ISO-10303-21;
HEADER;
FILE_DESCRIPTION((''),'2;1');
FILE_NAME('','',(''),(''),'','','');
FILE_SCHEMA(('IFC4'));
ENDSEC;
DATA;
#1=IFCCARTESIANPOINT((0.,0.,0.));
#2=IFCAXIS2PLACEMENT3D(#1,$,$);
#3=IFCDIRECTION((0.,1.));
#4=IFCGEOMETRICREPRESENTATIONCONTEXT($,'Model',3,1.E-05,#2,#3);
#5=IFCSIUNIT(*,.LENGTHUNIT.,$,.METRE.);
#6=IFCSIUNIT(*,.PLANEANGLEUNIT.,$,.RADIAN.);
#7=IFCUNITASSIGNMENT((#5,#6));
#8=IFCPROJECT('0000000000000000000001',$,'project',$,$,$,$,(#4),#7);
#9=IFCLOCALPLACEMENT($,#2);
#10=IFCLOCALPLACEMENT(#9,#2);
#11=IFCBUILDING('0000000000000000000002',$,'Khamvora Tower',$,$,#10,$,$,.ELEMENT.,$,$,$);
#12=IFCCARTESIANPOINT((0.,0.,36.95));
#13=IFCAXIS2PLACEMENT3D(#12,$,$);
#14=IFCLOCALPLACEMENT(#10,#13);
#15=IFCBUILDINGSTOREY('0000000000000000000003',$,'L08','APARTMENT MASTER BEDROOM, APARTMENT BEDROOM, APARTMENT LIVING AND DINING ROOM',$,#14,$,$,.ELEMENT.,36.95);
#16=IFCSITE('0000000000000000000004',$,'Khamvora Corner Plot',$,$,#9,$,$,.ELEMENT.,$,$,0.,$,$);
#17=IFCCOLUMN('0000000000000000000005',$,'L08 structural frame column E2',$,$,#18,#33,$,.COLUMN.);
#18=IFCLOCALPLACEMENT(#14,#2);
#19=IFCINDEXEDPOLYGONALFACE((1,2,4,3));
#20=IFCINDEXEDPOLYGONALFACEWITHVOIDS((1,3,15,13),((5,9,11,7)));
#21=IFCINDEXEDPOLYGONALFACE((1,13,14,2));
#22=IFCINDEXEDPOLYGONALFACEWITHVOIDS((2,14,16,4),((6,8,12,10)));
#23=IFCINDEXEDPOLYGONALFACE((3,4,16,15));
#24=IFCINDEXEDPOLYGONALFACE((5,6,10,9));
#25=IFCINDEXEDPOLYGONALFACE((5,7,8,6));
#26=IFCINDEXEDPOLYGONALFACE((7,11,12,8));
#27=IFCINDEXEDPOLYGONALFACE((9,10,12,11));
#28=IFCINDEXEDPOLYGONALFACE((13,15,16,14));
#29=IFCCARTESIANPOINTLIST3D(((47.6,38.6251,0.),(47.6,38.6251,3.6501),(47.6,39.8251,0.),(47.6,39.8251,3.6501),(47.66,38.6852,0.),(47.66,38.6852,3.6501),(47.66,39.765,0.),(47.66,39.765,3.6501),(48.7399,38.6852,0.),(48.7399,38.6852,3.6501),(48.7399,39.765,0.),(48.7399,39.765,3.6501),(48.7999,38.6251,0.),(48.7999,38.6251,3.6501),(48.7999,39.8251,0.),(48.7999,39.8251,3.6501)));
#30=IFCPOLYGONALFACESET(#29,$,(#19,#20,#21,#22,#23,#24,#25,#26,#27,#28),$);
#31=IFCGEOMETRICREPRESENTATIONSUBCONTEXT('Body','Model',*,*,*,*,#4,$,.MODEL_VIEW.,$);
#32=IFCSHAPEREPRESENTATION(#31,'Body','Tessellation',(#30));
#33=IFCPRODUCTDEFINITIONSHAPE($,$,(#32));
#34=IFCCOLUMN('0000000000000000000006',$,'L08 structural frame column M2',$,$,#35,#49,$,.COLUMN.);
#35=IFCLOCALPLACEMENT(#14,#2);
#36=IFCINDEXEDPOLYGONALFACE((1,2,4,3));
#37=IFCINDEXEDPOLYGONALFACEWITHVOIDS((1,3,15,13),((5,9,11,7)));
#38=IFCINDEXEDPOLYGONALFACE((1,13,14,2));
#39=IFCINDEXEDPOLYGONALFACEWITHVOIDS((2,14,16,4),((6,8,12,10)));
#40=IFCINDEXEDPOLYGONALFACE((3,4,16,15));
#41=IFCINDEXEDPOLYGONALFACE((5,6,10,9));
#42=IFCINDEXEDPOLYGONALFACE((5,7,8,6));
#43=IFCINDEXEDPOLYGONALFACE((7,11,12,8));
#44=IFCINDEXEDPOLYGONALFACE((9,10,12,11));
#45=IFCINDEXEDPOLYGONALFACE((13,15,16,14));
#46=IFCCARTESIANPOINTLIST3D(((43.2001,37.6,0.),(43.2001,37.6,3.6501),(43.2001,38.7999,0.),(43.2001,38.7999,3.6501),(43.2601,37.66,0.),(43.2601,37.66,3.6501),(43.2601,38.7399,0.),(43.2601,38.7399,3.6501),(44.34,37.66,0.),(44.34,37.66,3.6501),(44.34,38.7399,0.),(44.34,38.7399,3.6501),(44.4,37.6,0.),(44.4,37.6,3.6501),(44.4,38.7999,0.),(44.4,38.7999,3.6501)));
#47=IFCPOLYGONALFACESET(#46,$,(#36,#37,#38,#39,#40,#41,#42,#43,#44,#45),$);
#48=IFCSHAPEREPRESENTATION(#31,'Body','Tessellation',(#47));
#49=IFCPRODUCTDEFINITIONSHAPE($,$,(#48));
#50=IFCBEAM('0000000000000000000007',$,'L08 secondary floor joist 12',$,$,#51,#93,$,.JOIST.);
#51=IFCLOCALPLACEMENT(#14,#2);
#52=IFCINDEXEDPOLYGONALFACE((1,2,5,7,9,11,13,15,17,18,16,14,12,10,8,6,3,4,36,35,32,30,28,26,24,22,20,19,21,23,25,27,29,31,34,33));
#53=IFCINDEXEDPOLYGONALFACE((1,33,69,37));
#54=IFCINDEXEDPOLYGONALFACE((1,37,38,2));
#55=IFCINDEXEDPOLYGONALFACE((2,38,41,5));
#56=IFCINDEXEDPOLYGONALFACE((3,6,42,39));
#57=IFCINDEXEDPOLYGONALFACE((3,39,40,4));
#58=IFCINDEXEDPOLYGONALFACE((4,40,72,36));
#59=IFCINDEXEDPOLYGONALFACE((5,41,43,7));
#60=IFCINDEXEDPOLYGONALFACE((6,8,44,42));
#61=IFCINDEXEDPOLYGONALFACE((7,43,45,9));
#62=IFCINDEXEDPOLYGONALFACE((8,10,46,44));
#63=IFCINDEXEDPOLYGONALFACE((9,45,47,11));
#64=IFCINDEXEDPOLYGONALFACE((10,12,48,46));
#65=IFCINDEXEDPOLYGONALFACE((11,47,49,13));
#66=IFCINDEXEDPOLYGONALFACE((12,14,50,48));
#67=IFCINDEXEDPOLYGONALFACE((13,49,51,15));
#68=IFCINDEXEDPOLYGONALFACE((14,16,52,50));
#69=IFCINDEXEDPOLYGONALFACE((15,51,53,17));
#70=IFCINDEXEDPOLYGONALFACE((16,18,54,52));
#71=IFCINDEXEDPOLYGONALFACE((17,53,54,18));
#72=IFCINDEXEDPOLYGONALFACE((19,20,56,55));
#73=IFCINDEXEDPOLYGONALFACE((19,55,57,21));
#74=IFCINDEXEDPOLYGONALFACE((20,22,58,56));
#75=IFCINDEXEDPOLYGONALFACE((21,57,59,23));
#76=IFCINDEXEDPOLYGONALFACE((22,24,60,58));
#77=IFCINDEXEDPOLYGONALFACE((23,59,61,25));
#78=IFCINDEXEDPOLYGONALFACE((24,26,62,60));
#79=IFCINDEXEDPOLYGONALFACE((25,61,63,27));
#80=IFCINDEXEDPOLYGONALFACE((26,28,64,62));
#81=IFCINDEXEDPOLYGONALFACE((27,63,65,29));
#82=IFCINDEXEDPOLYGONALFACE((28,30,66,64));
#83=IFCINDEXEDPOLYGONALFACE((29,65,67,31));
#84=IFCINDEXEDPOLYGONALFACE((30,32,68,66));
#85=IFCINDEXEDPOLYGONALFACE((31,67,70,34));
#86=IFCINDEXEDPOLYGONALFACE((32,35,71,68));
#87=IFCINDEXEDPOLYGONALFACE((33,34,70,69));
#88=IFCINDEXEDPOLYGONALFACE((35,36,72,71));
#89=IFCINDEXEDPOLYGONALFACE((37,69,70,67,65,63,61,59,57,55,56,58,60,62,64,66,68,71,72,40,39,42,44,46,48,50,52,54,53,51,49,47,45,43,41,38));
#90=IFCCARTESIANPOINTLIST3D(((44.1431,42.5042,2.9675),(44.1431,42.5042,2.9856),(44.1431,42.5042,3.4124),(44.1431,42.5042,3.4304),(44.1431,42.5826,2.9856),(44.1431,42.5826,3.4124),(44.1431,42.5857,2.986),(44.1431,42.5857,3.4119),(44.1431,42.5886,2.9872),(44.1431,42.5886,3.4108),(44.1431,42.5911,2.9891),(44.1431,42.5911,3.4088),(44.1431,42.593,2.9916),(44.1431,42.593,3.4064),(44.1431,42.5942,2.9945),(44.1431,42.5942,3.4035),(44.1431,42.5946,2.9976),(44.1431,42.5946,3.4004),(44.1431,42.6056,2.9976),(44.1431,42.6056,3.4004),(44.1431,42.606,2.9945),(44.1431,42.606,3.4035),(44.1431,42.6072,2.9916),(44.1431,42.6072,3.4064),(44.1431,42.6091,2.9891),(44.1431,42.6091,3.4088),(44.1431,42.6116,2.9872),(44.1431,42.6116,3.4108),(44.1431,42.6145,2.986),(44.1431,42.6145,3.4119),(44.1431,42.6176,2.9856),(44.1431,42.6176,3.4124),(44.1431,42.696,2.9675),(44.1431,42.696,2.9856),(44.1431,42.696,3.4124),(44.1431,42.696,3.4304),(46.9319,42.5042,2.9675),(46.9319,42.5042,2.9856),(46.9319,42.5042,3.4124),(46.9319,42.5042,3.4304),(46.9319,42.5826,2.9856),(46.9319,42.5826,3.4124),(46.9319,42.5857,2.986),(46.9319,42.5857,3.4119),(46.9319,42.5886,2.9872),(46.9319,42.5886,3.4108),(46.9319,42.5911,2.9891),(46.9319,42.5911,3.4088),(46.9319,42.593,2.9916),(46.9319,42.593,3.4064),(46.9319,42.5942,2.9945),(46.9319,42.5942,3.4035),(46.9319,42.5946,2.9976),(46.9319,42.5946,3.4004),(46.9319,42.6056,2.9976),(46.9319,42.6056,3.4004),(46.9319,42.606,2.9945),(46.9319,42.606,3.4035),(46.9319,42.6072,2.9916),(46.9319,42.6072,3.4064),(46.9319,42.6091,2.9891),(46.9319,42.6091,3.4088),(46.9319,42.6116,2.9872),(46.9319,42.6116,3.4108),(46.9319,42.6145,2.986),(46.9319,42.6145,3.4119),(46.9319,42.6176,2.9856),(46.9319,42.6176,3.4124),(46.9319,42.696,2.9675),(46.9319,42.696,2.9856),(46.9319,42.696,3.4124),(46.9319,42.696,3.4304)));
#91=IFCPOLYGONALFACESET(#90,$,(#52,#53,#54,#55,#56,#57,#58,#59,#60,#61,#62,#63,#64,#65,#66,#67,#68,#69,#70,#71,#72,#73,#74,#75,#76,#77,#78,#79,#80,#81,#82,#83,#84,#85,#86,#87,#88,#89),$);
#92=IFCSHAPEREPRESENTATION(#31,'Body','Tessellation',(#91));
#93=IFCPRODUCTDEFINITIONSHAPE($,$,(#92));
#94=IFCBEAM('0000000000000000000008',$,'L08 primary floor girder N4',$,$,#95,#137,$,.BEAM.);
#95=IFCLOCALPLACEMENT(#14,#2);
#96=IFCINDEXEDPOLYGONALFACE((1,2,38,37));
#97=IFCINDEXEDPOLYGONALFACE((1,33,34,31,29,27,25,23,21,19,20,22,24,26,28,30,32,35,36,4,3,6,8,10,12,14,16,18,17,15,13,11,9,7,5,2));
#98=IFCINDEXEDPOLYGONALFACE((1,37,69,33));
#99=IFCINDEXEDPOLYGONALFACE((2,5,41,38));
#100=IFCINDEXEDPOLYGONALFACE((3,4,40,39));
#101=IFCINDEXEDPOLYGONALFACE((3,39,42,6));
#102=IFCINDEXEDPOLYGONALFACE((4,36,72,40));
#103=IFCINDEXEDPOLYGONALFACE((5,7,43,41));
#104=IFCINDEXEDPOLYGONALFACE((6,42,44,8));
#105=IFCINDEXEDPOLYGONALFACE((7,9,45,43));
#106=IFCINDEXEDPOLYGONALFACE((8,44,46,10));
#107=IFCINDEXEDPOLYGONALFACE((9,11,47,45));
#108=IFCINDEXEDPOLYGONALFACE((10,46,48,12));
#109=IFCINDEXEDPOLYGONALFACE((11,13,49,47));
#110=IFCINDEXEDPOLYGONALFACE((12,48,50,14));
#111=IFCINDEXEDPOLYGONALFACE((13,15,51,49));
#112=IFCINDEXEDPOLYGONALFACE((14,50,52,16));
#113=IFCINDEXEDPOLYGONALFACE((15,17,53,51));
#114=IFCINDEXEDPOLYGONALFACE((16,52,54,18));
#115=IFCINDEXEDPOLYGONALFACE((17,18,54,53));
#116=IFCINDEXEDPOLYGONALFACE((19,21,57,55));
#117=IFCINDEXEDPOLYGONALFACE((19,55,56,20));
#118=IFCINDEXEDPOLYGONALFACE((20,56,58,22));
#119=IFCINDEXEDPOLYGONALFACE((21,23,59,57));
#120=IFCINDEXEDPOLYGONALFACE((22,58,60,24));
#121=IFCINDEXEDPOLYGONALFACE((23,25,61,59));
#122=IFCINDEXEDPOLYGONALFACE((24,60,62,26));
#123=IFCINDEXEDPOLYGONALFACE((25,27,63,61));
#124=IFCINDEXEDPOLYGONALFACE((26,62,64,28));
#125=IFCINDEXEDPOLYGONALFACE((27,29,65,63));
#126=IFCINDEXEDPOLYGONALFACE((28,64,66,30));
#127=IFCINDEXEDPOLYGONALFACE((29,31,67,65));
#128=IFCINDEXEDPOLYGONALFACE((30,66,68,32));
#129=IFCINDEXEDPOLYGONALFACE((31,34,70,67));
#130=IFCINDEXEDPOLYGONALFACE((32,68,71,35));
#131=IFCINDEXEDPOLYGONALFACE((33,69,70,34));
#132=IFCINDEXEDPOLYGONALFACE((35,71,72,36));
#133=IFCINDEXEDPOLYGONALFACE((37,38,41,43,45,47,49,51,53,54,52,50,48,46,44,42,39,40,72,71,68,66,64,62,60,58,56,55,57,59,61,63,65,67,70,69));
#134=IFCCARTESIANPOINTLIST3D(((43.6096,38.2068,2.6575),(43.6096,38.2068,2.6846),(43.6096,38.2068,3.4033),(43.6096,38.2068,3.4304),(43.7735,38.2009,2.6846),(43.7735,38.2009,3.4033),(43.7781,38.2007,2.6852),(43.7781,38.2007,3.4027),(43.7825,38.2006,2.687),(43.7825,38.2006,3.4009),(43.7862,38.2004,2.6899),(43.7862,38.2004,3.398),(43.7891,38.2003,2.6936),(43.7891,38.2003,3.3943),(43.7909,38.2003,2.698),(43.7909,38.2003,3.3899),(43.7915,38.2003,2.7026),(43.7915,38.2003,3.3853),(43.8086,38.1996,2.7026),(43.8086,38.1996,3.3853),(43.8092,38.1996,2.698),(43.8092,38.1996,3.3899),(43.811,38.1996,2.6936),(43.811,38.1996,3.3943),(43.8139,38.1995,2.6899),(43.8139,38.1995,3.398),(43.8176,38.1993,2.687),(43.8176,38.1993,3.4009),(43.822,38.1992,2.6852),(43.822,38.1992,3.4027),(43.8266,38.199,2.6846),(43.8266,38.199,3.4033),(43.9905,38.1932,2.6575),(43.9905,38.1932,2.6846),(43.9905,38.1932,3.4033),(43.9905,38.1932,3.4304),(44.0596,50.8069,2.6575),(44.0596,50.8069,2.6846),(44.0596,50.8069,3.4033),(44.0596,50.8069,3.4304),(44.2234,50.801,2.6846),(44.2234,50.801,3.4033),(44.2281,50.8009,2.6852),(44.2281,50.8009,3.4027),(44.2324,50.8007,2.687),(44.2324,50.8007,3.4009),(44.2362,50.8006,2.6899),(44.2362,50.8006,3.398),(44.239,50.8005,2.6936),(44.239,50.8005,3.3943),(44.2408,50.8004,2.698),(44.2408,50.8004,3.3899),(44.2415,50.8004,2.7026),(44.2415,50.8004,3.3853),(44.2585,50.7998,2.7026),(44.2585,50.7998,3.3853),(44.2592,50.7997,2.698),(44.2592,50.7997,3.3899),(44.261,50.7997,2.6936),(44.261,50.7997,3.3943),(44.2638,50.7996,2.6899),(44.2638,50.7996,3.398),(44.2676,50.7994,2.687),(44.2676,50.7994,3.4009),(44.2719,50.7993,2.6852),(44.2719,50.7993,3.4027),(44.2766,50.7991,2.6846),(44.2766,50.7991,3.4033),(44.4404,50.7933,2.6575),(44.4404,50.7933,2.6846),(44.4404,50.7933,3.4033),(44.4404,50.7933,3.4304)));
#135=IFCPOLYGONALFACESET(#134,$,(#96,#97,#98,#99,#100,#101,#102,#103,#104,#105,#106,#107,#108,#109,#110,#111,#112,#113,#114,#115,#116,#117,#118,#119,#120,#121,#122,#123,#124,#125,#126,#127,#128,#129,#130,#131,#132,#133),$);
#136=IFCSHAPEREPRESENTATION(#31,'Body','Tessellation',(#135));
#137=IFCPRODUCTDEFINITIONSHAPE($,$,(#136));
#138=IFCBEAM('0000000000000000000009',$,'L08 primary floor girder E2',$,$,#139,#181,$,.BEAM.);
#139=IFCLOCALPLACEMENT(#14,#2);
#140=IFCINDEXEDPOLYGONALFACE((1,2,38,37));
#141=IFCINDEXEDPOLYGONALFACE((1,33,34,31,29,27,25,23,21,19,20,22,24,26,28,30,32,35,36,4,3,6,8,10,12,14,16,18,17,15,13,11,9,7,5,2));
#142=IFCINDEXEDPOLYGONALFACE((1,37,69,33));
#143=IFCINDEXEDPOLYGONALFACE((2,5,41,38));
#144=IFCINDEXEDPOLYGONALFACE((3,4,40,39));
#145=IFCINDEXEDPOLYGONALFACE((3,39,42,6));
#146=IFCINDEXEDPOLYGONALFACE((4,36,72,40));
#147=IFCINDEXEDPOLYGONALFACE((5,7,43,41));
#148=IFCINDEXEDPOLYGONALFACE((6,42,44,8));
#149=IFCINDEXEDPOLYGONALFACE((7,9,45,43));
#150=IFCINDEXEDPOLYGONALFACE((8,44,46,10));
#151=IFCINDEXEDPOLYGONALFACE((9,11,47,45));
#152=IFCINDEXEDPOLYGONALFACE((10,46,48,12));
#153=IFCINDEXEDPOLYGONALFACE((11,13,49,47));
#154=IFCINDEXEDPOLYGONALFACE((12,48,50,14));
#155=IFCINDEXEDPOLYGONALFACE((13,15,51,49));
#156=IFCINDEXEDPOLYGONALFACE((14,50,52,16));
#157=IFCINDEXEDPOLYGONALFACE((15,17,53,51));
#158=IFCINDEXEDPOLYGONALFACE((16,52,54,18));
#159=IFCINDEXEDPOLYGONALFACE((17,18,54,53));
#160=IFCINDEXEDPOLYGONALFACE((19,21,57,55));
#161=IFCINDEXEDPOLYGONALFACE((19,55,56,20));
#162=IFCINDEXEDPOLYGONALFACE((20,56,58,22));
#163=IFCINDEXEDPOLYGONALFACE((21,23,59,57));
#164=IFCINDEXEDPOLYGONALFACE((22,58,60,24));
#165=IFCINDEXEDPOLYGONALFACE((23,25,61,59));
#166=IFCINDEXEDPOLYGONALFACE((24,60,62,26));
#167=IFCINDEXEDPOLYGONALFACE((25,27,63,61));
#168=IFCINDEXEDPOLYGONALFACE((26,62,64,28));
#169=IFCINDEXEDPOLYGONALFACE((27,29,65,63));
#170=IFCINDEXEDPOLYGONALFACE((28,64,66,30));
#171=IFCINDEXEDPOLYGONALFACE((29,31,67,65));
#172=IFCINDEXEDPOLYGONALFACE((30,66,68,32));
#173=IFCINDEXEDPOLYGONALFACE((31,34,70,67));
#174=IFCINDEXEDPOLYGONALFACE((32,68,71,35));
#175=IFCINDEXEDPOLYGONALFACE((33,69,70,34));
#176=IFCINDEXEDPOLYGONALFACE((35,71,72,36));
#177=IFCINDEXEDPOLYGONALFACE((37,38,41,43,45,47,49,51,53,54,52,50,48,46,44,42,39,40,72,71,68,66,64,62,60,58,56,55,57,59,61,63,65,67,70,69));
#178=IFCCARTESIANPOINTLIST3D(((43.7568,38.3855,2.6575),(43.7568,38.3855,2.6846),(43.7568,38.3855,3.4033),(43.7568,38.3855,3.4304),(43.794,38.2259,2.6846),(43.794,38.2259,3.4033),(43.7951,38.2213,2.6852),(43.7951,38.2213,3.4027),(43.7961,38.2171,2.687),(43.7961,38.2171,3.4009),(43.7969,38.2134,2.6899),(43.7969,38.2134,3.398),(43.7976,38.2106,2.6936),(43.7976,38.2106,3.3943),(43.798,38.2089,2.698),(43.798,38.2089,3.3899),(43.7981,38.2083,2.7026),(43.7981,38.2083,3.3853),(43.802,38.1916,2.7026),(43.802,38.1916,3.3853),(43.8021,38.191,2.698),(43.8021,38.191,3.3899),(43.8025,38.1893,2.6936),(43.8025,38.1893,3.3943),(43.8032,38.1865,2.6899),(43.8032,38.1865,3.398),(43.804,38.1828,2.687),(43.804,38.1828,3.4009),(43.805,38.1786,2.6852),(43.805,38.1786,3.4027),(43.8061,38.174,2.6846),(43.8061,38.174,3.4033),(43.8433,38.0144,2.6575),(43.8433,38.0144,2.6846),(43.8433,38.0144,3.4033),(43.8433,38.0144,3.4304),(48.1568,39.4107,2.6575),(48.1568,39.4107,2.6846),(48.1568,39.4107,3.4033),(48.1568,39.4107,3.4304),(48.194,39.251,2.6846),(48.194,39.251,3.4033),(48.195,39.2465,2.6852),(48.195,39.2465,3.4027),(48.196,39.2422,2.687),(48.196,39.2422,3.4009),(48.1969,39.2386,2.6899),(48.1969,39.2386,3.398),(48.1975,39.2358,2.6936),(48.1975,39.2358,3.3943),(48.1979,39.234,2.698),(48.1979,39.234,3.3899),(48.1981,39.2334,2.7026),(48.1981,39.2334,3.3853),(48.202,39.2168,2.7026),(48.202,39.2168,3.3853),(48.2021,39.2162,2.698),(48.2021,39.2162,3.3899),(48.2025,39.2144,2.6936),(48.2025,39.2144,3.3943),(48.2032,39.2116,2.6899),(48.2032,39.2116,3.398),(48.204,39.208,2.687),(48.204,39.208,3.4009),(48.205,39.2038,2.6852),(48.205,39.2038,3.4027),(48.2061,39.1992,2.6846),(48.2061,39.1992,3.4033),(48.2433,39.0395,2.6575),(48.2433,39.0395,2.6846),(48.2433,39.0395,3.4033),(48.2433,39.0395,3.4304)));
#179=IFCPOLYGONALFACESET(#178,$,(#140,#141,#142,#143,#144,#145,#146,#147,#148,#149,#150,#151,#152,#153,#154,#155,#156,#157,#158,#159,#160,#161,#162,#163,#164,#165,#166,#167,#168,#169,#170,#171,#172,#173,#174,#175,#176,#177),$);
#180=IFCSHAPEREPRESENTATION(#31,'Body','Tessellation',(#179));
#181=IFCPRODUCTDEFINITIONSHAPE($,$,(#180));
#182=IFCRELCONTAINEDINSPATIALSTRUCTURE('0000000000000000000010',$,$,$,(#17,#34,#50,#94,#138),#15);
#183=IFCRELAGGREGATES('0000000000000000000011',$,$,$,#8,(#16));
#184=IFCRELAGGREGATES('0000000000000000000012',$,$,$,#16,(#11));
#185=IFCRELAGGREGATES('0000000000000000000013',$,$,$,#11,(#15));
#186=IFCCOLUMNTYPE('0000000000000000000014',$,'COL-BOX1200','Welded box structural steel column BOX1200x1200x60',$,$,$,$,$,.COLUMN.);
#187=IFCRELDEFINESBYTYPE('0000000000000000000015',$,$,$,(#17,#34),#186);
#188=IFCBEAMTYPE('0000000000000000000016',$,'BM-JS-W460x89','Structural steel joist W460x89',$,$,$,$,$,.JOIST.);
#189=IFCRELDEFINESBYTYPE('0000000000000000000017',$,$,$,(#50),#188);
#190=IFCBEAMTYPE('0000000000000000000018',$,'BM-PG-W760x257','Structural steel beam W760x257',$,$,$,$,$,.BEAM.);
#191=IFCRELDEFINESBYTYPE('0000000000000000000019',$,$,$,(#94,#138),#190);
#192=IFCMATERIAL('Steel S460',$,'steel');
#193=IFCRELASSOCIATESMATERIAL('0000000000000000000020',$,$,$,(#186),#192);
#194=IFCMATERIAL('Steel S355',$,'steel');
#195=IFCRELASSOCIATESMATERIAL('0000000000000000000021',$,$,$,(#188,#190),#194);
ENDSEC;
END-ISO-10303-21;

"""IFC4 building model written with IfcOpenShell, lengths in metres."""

from ifc_helpers import new_model, si_unit, direction, frame, origin, origin_2d, place, context, subcontext, project, spatial, hollow_rectangle, i_section, extrude, material, material_profile, profile_set, type_object, element, save


model = new_model("IFC4")

# Units and contexts
model_context = context("Model", 3, precision=1e-05, world=origin(), true_north=direction((0.0, 1.0)))
body_context = subcontext(model_context, "Body", "Model", "MODEL_VIEW")
ifc_project = project(units=[si_unit("LENGTHUNIT", "METRE"), si_unit("PLANEANGLEUNIT", "RADIAN")], contexts=[model_context])

# Site, building, storey
site_placement = place(None, origin())
site = spatial("IfcSite", under=ifc_project, at=site_placement, Name="Khamvora Corner Plot", CompositionType="ELEMENT", RefElevation=0.0)
building_placement = place(site_placement, origin())
building = spatial("IfcBuilding", under=site, at=building_placement, Name="Khamvora Tower", CompositionType="ELEMENT")
storey_placement = place(building_placement, frame((0.0, 0.0, 36.95)))
storey = spatial("IfcBuildingStorey", under=building, at=storey_placement, Name="L08", Description="APARTMENT MASTER BEDROOM, APARTMENT BEDROOM, APARTMENT LIVING AND DINING ROOM", CompositionType="ELEMENT", Elevation=36.95)

# Columns
ifc_material_1 = material(Name="Steel S460", Category="steel")
ifc_material_profile_1 = material_profile(ifc_material_1, hollow_rectangle(XDim=1.2, YDim=1.2, WallThickness=0.0601, at=origin_2d()), Name="BOX1200x1200x60")
ifc_profile_set_1 = profile_set([ifc_material_profile_1], Name="Steel S460")
column_type = type_object("IfcColumnType", Name="COL-BOX1200", Description="Welded box structural steel column BOX1200x1200x60", PredefinedType="COLUMN", material=ifc_profile_set_1)
for number, where, z_axis, x_axis, name in (
    (1, (48.2, 39.2251, 0.0), (0.0, 0.0, 1.0), (1.0, 0.0, 0.0), "L08 structural frame column E2"),
    (2, (43.8, 38.2, 0.0), (0.0, 0.0, 1.0), (1.0, 0.0, 0.0), "L08 structural frame column M2"),
):
    element("IfcColumn", number, at=place(storey_placement, frame(where, z_axis=z_axis, x_axis=x_axis)), inside=storey, type_object=column_type, Name=name, PredefinedType="COLUMN", context=body_context, shape_type="SweptSolid", body=[
        extrude(hollow_rectangle(XDim=1.2, YDim=1.2, WallThickness=0.0601, at=origin_2d()), origin(), (0.0, 0.0, 1.0), 3.6501),
    ])

# Beams
ifc_material_2 = material(Name="Steel S355", Category="steel")
ifc_material_profile_2 = material_profile(ifc_material_2, i_section(OverallWidth=0.1919, OverallDepth=0.4629, WebThickness=0.011, FlangeThickness=0.0181, FilletRadius=0.012, at=origin_2d()), Name="W460x89")
ifc_profile_set_2 = profile_set([ifc_material_profile_2], Name="Steel S355")
beam_type_1 = type_object("IfcBeamType", Name="BM-JS-W460x89", Description="Structural steel joist W460x89", PredefinedType="JOIST", material=ifc_profile_set_2)
beam_1_placement = place(storey_placement, frame((44.1431, 42.6001, 3.199), z_axis=(1.0, 0.0, 0.0), x_axis=(0.0, 1.0, 0.0)))
element("IfcBeam", 3, at=beam_1_placement, inside=storey, type_object=beam_type_1, Name="L08 secondary floor joist 12", PredefinedType="JOIST", context=body_context, shape_type="SweptSolid", body=[
    extrude(i_section(OverallWidth=0.1919, OverallDepth=0.4629, WebThickness=0.011, FlangeThickness=0.0181, FilletRadius=0.012, at=origin_2d()), origin(), (0.0, 0.0, 1.0), 2.7888),
])
ifc_material_profile_3 = material_profile(ifc_material_2, i_section(OverallWidth=0.3811, OverallDepth=0.7729, WebThickness=0.0171, FlangeThickness=0.0271, FilletRadius=0.0181, at=origin_2d()), Name="W760x257")
ifc_profile_set_3 = profile_set([ifc_material_profile_3], Name="Steel S355")
beam_type_2 = type_object("IfcBeamType", Name="BM-PG-W760x257", Description="Structural steel beam W760x257", PredefinedType="BEAM", material=ifc_profile_set_3)
beam_2_placement = place(storey_placement, frame((43.8, 38.2, 3.0439), z_axis=(0.035687, 0.999363, 0.0), x_axis=(-0.999363, 0.035687, 0.0)))
element("IfcBeam", 4, at=beam_2_placement, inside=storey, type_object=beam_type_2, Name="L08 primary floor girder N4", PredefinedType="BEAM", context=body_context, shape_type="SweptSolid", body=[
    extrude(i_section(OverallWidth=0.3811, OverallDepth=0.7729, WebThickness=0.0171, FlangeThickness=0.0271, FilletRadius=0.0181, at=origin_2d()), origin(), (0.0, 0.0, 1.0), 12.6082),
])
beam_3_placement = place(storey_placement, frame((43.8, 38.2, 3.0439), z_axis=(0.973915, 0.226915, 0.0), x_axis=(-0.226915, 0.973915, 0.0)))
element("IfcBeam", 5, at=beam_3_placement, inside=storey, type_object=beam_type_2, Name="L08 primary floor girder E2", PredefinedType="BEAM", context=body_context, shape_type="SweptSolid", body=[
    extrude(i_section(OverallWidth=0.3811, OverallDepth=0.7729, WebThickness=0.0171, FlangeThickness=0.0271, FilletRadius=0.0181, at=origin_2d()), origin(), (0.0, 0.0, 1.0), 4.5178),
])

save(model, "model.ifc")
